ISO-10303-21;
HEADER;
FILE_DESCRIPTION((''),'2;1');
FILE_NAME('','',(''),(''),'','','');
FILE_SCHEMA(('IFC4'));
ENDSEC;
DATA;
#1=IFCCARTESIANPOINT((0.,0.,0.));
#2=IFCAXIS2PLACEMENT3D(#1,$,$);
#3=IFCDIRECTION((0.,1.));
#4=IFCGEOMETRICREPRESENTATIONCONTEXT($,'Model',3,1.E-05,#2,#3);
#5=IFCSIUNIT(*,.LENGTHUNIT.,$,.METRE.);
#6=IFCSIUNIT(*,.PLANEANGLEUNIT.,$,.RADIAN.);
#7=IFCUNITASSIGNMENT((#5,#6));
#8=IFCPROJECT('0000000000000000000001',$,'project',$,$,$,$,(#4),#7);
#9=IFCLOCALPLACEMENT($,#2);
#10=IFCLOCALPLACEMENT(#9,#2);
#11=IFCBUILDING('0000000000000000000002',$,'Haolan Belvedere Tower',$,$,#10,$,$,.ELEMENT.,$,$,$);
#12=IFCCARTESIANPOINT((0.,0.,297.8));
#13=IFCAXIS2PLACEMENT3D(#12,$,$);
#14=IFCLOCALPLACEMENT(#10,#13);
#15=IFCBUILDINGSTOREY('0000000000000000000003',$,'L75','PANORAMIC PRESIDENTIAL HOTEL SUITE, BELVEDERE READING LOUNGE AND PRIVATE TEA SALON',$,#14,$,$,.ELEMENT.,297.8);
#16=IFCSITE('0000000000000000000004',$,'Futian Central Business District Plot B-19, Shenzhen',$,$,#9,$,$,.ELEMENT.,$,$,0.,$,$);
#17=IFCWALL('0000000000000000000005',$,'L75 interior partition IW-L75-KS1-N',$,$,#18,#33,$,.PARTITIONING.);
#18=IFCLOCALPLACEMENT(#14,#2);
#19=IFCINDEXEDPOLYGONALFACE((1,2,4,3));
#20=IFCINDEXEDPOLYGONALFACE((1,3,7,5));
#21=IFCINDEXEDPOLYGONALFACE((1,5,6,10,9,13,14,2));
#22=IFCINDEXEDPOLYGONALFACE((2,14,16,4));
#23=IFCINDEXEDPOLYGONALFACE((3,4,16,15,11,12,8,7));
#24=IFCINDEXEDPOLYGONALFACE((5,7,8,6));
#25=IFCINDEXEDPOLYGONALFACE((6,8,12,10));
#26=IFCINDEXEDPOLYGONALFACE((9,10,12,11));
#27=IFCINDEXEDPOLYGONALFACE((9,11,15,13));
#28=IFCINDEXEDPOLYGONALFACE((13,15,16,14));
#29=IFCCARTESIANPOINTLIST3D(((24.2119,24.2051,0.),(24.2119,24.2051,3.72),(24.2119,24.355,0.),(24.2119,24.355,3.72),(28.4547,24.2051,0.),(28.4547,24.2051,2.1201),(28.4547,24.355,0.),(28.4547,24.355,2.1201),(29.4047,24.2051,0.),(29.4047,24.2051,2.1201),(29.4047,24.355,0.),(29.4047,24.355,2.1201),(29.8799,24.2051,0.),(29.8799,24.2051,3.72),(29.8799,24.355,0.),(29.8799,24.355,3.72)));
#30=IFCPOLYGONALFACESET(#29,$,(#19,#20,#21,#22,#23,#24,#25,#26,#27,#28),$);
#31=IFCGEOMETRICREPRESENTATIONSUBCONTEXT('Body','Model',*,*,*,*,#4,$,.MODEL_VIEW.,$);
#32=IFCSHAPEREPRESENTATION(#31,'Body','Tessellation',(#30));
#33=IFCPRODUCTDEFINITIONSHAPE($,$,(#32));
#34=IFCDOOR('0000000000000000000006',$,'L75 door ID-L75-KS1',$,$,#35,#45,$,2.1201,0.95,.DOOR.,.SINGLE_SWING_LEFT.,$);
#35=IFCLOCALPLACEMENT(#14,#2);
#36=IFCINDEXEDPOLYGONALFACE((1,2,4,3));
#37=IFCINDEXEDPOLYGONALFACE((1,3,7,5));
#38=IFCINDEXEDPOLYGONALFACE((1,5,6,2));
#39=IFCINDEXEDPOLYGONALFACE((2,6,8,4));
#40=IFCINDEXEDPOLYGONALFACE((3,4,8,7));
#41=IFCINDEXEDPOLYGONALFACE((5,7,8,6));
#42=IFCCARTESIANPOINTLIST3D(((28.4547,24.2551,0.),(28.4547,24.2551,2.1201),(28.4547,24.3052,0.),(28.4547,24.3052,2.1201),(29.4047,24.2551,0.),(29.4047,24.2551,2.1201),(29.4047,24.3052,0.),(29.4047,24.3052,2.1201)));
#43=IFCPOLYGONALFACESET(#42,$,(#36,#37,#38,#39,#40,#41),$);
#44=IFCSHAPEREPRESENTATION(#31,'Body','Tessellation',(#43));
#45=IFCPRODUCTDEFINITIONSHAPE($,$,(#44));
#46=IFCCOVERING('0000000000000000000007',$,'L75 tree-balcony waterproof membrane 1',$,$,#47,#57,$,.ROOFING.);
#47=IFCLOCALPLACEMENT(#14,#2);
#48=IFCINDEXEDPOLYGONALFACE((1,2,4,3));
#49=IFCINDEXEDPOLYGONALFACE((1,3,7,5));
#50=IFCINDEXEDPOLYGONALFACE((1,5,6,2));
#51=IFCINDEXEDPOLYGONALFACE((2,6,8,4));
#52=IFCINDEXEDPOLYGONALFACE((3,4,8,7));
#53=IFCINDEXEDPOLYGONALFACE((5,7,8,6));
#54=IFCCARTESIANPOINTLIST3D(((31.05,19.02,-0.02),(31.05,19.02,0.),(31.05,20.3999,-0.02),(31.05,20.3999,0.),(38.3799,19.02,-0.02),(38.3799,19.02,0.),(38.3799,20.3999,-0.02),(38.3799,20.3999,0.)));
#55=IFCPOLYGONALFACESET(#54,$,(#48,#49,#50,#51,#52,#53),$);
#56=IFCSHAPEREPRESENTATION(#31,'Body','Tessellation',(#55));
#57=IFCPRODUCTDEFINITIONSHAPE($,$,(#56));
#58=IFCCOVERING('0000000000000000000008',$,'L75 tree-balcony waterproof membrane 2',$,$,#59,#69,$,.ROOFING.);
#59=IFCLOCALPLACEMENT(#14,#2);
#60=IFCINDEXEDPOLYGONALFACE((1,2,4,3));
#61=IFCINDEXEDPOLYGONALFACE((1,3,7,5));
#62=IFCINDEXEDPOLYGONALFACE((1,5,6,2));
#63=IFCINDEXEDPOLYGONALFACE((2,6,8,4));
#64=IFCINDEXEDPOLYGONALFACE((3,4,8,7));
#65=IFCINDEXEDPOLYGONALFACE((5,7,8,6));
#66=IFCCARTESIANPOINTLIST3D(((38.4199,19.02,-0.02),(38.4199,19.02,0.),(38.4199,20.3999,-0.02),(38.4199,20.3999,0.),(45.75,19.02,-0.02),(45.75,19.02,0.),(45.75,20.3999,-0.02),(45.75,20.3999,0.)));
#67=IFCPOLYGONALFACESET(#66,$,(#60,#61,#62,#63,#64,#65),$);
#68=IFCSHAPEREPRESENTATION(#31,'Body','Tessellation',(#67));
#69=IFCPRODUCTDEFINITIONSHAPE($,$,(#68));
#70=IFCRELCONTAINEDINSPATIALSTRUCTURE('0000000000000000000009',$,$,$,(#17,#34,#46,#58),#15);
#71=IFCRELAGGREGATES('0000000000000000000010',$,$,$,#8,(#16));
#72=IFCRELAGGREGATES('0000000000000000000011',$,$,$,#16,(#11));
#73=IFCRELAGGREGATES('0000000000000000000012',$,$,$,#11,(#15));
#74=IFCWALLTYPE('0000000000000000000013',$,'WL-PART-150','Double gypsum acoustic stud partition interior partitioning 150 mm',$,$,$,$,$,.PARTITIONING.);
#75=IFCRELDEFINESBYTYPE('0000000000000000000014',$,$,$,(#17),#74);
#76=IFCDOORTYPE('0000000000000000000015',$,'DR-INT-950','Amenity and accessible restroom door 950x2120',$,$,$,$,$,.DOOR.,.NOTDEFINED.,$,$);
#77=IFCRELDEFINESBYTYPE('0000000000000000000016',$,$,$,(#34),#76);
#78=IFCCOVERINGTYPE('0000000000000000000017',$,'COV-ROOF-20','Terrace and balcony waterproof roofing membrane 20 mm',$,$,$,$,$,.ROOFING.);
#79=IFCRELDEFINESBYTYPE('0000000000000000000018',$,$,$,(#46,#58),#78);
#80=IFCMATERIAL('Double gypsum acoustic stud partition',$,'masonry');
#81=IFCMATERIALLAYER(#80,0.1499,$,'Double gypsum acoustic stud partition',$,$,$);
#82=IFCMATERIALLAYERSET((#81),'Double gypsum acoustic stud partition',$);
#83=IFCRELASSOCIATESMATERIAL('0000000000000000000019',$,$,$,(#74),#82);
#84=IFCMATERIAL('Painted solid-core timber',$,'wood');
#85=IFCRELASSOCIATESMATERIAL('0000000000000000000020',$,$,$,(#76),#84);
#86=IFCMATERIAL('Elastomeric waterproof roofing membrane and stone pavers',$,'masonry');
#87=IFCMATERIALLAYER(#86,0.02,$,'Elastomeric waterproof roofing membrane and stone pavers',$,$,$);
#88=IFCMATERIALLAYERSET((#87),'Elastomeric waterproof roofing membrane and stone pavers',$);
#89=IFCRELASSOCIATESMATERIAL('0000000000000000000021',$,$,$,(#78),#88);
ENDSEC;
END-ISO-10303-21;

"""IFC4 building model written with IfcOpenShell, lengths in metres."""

from ifc_helpers import new_model, si_unit, direction, frame, frame_2d, origin, place, context, subcontext, project, spatial, polyline, rectangle, outline, extrude, material, layer, layer_set, type_object, element, fill, save


model = new_model("IFC4")

# Units and contexts
model_context = context("Model", 3, precision=1e-05, world=origin(), true_north=direction((0.0, 1.0)))
body_context = subcontext(model_context, "Body", "Model", "MODEL_VIEW")
ifc_project = project(units=[si_unit("LENGTHUNIT", "METRE"), si_unit("PLANEANGLEUNIT", "RADIAN")], contexts=[model_context])

# Site, building, storey
site_placement = place(None, origin())
site = spatial("IfcSite", under=ifc_project, at=site_placement, Name="Futian Central Business District Plot B-19, Shenzhen", CompositionType="ELEMENT", RefElevation=0.0)
building_placement = place(site_placement, origin())
building = spatial("IfcBuilding", under=site, at=building_placement, Name="Haolan Belvedere Tower", CompositionType="ELEMENT")
storey_placement = place(building_placement, frame((0.0, 0.0, 297.8)))
storey = spatial("IfcBuildingStorey", under=building, at=storey_placement, Name="L75", Description="PANORAMIC PRESIDENTIAL HOTEL SUITE, BELVEDERE READING LOUNGE AND PRIVATE TEA SALON", CompositionType="ELEMENT", Elevation=297.8)

# Shared definitions
ifc_material_1 = material(Name="Double gypsum acoustic stud partition", Category="masonry")
ifc_layer_1 = layer(ifc_material_1, 0.1499, Name="Double gypsum acoustic stud partition")
ifc_layer_set_1 = layer_set([ifc_layer_1], Name="Double gypsum acoustic stud partition")
wall_type_1 = type_object("IfcWallType", Name="WL-PART-150", Description="Double gypsum acoustic stud partition interior partitioning 150 mm", PredefinedType="PARTITIONING", material=ifc_layer_set_1)

# Shared definitions
ifc_material_2 = material(Name="Painted solid-core timber", Category="wood")
door_type = type_object("IfcDoorType", Name="DR-INT-950", Description="Amenity and accessible restroom door 950x2120", OperationType="NOTDEFINED", PredefinedType="DOOR", material=ifc_material_2)

# Wall, opening, door
wall_1_placement = place(storey_placement, frame((24.2119, 24.28, 0.0), z_axis=(0.0, 0.0, 1.0), x_axis=(1.0, 0.0, 0.0)))
wall_1 = element("IfcWall", 1, at=wall_1_placement, inside=storey, type_object=wall_type_1, Name="L75 interior partition IW-L75-KS1-N", PredefinedType="PARTITIONING", context=body_context, shape_type="SweptSolid", body=[
    extrude(rectangle(XDim=5.668, YDim=0.1499, at=frame_2d((2.834, 0.0))), origin(), (0.0, 0.0, 1.0), 3.72),
])
opening_1_placement = place(wall_1_placement, frame((5.1929, 0.0, 0.0), z_axis=(0.0, 0.0, 1.0), x_axis=(-1.0, 0.0, 0.0)))
opening_1 = element("IfcOpeningElement", 2, at=opening_1_placement, cuts=wall_1, PredefinedType="OPENING", context=body_context, shape_type="SweptSolid", body=[
    extrude(rectangle(XDim=0.95, YDim=2.1201, at=frame_2d((0.4751, 1.0601))), frame((0.0, 0.085, 0.0), z_axis=(0.0, -1.0, 0.0), x_axis=(1.0, 0.0, 0.0)), (0.0, 0.0, 1.0), 0.1699),
])
door_1_placement = place(opening_1_placement, origin())
door_1 = element("IfcDoor", 3, at=door_1_placement, inside=storey, type_object=door_type, Name="L75 door ID-L75-KS1", OperationType="SINGLE_SWING_LEFT", OverallHeight=2.1201, OverallWidth=0.95, PredefinedType="DOOR", context=body_context, shape_type="SweptSolid", body=[
    extrude(rectangle(XDim=0.95, YDim=2.1201, at=frame_2d((0.4751, 1.0601))), frame((0.0, 0.0249, 0.0), z_axis=(0.0, -1.0, 0.0), x_axis=(1.0, 0.0, 0.0)), (0.0, 0.0, 1.0), 0.05),
])
fill(opening_1, door_1)

# Coverings
ifc_material_3 = material(Name="Elastomeric waterproof roofing membrane and stone pavers", Category="masonry")
ifc_layer_2 = layer(ifc_material_3, 0.02, Name="Elastomeric waterproof roofing membrane and stone pavers")
ifc_layer_set_2 = layer_set([ifc_layer_2], Name="Elastomeric waterproof roofing membrane and stone pavers")
covering_type = type_object("IfcCoveringType", Name="COV-ROOF-20", Description="Terrace and balcony waterproof roofing membrane 20 mm", PredefinedType="ROOFING", material=ifc_layer_set_2)
covering_1_placement = place(storey_placement, frame((0.0, 0.0, -0.02)))
element("IfcCovering", 4, at=covering_1_placement, inside=storey, type_object=covering_type, Name="L75 tree-balcony waterproof membrane 1", PredefinedType="ROOFING", context=body_context, shape_type="SweptSolid", body=[
    extrude(outline(polyline([(31.05, 19.02), (38.3799, 19.02), (38.3799, 20.3999), (31.05, 20.3999), (31.05, 19.02)])), origin(), (0.0, 0.0, 1.0), 0.02),
])
covering_2_placement = place(storey_placement, frame((0.0, 0.0, -0.02)))
element("IfcCovering", 5, at=covering_2_placement, inside=storey, type_object=covering_type, Name="L75 tree-balcony waterproof membrane 2", PredefinedType="ROOFING", context=body_context, shape_type="SweptSolid", body=[
    extrude(outline(polyline([(38.4199, 19.02), (45.75, 19.02), (45.75, 20.3999), (38.4199, 20.3999), (38.4199, 19.02)])), origin(), (0.0, 0.0, 1.0), 0.02),
])

save(model, "model.ifc")
